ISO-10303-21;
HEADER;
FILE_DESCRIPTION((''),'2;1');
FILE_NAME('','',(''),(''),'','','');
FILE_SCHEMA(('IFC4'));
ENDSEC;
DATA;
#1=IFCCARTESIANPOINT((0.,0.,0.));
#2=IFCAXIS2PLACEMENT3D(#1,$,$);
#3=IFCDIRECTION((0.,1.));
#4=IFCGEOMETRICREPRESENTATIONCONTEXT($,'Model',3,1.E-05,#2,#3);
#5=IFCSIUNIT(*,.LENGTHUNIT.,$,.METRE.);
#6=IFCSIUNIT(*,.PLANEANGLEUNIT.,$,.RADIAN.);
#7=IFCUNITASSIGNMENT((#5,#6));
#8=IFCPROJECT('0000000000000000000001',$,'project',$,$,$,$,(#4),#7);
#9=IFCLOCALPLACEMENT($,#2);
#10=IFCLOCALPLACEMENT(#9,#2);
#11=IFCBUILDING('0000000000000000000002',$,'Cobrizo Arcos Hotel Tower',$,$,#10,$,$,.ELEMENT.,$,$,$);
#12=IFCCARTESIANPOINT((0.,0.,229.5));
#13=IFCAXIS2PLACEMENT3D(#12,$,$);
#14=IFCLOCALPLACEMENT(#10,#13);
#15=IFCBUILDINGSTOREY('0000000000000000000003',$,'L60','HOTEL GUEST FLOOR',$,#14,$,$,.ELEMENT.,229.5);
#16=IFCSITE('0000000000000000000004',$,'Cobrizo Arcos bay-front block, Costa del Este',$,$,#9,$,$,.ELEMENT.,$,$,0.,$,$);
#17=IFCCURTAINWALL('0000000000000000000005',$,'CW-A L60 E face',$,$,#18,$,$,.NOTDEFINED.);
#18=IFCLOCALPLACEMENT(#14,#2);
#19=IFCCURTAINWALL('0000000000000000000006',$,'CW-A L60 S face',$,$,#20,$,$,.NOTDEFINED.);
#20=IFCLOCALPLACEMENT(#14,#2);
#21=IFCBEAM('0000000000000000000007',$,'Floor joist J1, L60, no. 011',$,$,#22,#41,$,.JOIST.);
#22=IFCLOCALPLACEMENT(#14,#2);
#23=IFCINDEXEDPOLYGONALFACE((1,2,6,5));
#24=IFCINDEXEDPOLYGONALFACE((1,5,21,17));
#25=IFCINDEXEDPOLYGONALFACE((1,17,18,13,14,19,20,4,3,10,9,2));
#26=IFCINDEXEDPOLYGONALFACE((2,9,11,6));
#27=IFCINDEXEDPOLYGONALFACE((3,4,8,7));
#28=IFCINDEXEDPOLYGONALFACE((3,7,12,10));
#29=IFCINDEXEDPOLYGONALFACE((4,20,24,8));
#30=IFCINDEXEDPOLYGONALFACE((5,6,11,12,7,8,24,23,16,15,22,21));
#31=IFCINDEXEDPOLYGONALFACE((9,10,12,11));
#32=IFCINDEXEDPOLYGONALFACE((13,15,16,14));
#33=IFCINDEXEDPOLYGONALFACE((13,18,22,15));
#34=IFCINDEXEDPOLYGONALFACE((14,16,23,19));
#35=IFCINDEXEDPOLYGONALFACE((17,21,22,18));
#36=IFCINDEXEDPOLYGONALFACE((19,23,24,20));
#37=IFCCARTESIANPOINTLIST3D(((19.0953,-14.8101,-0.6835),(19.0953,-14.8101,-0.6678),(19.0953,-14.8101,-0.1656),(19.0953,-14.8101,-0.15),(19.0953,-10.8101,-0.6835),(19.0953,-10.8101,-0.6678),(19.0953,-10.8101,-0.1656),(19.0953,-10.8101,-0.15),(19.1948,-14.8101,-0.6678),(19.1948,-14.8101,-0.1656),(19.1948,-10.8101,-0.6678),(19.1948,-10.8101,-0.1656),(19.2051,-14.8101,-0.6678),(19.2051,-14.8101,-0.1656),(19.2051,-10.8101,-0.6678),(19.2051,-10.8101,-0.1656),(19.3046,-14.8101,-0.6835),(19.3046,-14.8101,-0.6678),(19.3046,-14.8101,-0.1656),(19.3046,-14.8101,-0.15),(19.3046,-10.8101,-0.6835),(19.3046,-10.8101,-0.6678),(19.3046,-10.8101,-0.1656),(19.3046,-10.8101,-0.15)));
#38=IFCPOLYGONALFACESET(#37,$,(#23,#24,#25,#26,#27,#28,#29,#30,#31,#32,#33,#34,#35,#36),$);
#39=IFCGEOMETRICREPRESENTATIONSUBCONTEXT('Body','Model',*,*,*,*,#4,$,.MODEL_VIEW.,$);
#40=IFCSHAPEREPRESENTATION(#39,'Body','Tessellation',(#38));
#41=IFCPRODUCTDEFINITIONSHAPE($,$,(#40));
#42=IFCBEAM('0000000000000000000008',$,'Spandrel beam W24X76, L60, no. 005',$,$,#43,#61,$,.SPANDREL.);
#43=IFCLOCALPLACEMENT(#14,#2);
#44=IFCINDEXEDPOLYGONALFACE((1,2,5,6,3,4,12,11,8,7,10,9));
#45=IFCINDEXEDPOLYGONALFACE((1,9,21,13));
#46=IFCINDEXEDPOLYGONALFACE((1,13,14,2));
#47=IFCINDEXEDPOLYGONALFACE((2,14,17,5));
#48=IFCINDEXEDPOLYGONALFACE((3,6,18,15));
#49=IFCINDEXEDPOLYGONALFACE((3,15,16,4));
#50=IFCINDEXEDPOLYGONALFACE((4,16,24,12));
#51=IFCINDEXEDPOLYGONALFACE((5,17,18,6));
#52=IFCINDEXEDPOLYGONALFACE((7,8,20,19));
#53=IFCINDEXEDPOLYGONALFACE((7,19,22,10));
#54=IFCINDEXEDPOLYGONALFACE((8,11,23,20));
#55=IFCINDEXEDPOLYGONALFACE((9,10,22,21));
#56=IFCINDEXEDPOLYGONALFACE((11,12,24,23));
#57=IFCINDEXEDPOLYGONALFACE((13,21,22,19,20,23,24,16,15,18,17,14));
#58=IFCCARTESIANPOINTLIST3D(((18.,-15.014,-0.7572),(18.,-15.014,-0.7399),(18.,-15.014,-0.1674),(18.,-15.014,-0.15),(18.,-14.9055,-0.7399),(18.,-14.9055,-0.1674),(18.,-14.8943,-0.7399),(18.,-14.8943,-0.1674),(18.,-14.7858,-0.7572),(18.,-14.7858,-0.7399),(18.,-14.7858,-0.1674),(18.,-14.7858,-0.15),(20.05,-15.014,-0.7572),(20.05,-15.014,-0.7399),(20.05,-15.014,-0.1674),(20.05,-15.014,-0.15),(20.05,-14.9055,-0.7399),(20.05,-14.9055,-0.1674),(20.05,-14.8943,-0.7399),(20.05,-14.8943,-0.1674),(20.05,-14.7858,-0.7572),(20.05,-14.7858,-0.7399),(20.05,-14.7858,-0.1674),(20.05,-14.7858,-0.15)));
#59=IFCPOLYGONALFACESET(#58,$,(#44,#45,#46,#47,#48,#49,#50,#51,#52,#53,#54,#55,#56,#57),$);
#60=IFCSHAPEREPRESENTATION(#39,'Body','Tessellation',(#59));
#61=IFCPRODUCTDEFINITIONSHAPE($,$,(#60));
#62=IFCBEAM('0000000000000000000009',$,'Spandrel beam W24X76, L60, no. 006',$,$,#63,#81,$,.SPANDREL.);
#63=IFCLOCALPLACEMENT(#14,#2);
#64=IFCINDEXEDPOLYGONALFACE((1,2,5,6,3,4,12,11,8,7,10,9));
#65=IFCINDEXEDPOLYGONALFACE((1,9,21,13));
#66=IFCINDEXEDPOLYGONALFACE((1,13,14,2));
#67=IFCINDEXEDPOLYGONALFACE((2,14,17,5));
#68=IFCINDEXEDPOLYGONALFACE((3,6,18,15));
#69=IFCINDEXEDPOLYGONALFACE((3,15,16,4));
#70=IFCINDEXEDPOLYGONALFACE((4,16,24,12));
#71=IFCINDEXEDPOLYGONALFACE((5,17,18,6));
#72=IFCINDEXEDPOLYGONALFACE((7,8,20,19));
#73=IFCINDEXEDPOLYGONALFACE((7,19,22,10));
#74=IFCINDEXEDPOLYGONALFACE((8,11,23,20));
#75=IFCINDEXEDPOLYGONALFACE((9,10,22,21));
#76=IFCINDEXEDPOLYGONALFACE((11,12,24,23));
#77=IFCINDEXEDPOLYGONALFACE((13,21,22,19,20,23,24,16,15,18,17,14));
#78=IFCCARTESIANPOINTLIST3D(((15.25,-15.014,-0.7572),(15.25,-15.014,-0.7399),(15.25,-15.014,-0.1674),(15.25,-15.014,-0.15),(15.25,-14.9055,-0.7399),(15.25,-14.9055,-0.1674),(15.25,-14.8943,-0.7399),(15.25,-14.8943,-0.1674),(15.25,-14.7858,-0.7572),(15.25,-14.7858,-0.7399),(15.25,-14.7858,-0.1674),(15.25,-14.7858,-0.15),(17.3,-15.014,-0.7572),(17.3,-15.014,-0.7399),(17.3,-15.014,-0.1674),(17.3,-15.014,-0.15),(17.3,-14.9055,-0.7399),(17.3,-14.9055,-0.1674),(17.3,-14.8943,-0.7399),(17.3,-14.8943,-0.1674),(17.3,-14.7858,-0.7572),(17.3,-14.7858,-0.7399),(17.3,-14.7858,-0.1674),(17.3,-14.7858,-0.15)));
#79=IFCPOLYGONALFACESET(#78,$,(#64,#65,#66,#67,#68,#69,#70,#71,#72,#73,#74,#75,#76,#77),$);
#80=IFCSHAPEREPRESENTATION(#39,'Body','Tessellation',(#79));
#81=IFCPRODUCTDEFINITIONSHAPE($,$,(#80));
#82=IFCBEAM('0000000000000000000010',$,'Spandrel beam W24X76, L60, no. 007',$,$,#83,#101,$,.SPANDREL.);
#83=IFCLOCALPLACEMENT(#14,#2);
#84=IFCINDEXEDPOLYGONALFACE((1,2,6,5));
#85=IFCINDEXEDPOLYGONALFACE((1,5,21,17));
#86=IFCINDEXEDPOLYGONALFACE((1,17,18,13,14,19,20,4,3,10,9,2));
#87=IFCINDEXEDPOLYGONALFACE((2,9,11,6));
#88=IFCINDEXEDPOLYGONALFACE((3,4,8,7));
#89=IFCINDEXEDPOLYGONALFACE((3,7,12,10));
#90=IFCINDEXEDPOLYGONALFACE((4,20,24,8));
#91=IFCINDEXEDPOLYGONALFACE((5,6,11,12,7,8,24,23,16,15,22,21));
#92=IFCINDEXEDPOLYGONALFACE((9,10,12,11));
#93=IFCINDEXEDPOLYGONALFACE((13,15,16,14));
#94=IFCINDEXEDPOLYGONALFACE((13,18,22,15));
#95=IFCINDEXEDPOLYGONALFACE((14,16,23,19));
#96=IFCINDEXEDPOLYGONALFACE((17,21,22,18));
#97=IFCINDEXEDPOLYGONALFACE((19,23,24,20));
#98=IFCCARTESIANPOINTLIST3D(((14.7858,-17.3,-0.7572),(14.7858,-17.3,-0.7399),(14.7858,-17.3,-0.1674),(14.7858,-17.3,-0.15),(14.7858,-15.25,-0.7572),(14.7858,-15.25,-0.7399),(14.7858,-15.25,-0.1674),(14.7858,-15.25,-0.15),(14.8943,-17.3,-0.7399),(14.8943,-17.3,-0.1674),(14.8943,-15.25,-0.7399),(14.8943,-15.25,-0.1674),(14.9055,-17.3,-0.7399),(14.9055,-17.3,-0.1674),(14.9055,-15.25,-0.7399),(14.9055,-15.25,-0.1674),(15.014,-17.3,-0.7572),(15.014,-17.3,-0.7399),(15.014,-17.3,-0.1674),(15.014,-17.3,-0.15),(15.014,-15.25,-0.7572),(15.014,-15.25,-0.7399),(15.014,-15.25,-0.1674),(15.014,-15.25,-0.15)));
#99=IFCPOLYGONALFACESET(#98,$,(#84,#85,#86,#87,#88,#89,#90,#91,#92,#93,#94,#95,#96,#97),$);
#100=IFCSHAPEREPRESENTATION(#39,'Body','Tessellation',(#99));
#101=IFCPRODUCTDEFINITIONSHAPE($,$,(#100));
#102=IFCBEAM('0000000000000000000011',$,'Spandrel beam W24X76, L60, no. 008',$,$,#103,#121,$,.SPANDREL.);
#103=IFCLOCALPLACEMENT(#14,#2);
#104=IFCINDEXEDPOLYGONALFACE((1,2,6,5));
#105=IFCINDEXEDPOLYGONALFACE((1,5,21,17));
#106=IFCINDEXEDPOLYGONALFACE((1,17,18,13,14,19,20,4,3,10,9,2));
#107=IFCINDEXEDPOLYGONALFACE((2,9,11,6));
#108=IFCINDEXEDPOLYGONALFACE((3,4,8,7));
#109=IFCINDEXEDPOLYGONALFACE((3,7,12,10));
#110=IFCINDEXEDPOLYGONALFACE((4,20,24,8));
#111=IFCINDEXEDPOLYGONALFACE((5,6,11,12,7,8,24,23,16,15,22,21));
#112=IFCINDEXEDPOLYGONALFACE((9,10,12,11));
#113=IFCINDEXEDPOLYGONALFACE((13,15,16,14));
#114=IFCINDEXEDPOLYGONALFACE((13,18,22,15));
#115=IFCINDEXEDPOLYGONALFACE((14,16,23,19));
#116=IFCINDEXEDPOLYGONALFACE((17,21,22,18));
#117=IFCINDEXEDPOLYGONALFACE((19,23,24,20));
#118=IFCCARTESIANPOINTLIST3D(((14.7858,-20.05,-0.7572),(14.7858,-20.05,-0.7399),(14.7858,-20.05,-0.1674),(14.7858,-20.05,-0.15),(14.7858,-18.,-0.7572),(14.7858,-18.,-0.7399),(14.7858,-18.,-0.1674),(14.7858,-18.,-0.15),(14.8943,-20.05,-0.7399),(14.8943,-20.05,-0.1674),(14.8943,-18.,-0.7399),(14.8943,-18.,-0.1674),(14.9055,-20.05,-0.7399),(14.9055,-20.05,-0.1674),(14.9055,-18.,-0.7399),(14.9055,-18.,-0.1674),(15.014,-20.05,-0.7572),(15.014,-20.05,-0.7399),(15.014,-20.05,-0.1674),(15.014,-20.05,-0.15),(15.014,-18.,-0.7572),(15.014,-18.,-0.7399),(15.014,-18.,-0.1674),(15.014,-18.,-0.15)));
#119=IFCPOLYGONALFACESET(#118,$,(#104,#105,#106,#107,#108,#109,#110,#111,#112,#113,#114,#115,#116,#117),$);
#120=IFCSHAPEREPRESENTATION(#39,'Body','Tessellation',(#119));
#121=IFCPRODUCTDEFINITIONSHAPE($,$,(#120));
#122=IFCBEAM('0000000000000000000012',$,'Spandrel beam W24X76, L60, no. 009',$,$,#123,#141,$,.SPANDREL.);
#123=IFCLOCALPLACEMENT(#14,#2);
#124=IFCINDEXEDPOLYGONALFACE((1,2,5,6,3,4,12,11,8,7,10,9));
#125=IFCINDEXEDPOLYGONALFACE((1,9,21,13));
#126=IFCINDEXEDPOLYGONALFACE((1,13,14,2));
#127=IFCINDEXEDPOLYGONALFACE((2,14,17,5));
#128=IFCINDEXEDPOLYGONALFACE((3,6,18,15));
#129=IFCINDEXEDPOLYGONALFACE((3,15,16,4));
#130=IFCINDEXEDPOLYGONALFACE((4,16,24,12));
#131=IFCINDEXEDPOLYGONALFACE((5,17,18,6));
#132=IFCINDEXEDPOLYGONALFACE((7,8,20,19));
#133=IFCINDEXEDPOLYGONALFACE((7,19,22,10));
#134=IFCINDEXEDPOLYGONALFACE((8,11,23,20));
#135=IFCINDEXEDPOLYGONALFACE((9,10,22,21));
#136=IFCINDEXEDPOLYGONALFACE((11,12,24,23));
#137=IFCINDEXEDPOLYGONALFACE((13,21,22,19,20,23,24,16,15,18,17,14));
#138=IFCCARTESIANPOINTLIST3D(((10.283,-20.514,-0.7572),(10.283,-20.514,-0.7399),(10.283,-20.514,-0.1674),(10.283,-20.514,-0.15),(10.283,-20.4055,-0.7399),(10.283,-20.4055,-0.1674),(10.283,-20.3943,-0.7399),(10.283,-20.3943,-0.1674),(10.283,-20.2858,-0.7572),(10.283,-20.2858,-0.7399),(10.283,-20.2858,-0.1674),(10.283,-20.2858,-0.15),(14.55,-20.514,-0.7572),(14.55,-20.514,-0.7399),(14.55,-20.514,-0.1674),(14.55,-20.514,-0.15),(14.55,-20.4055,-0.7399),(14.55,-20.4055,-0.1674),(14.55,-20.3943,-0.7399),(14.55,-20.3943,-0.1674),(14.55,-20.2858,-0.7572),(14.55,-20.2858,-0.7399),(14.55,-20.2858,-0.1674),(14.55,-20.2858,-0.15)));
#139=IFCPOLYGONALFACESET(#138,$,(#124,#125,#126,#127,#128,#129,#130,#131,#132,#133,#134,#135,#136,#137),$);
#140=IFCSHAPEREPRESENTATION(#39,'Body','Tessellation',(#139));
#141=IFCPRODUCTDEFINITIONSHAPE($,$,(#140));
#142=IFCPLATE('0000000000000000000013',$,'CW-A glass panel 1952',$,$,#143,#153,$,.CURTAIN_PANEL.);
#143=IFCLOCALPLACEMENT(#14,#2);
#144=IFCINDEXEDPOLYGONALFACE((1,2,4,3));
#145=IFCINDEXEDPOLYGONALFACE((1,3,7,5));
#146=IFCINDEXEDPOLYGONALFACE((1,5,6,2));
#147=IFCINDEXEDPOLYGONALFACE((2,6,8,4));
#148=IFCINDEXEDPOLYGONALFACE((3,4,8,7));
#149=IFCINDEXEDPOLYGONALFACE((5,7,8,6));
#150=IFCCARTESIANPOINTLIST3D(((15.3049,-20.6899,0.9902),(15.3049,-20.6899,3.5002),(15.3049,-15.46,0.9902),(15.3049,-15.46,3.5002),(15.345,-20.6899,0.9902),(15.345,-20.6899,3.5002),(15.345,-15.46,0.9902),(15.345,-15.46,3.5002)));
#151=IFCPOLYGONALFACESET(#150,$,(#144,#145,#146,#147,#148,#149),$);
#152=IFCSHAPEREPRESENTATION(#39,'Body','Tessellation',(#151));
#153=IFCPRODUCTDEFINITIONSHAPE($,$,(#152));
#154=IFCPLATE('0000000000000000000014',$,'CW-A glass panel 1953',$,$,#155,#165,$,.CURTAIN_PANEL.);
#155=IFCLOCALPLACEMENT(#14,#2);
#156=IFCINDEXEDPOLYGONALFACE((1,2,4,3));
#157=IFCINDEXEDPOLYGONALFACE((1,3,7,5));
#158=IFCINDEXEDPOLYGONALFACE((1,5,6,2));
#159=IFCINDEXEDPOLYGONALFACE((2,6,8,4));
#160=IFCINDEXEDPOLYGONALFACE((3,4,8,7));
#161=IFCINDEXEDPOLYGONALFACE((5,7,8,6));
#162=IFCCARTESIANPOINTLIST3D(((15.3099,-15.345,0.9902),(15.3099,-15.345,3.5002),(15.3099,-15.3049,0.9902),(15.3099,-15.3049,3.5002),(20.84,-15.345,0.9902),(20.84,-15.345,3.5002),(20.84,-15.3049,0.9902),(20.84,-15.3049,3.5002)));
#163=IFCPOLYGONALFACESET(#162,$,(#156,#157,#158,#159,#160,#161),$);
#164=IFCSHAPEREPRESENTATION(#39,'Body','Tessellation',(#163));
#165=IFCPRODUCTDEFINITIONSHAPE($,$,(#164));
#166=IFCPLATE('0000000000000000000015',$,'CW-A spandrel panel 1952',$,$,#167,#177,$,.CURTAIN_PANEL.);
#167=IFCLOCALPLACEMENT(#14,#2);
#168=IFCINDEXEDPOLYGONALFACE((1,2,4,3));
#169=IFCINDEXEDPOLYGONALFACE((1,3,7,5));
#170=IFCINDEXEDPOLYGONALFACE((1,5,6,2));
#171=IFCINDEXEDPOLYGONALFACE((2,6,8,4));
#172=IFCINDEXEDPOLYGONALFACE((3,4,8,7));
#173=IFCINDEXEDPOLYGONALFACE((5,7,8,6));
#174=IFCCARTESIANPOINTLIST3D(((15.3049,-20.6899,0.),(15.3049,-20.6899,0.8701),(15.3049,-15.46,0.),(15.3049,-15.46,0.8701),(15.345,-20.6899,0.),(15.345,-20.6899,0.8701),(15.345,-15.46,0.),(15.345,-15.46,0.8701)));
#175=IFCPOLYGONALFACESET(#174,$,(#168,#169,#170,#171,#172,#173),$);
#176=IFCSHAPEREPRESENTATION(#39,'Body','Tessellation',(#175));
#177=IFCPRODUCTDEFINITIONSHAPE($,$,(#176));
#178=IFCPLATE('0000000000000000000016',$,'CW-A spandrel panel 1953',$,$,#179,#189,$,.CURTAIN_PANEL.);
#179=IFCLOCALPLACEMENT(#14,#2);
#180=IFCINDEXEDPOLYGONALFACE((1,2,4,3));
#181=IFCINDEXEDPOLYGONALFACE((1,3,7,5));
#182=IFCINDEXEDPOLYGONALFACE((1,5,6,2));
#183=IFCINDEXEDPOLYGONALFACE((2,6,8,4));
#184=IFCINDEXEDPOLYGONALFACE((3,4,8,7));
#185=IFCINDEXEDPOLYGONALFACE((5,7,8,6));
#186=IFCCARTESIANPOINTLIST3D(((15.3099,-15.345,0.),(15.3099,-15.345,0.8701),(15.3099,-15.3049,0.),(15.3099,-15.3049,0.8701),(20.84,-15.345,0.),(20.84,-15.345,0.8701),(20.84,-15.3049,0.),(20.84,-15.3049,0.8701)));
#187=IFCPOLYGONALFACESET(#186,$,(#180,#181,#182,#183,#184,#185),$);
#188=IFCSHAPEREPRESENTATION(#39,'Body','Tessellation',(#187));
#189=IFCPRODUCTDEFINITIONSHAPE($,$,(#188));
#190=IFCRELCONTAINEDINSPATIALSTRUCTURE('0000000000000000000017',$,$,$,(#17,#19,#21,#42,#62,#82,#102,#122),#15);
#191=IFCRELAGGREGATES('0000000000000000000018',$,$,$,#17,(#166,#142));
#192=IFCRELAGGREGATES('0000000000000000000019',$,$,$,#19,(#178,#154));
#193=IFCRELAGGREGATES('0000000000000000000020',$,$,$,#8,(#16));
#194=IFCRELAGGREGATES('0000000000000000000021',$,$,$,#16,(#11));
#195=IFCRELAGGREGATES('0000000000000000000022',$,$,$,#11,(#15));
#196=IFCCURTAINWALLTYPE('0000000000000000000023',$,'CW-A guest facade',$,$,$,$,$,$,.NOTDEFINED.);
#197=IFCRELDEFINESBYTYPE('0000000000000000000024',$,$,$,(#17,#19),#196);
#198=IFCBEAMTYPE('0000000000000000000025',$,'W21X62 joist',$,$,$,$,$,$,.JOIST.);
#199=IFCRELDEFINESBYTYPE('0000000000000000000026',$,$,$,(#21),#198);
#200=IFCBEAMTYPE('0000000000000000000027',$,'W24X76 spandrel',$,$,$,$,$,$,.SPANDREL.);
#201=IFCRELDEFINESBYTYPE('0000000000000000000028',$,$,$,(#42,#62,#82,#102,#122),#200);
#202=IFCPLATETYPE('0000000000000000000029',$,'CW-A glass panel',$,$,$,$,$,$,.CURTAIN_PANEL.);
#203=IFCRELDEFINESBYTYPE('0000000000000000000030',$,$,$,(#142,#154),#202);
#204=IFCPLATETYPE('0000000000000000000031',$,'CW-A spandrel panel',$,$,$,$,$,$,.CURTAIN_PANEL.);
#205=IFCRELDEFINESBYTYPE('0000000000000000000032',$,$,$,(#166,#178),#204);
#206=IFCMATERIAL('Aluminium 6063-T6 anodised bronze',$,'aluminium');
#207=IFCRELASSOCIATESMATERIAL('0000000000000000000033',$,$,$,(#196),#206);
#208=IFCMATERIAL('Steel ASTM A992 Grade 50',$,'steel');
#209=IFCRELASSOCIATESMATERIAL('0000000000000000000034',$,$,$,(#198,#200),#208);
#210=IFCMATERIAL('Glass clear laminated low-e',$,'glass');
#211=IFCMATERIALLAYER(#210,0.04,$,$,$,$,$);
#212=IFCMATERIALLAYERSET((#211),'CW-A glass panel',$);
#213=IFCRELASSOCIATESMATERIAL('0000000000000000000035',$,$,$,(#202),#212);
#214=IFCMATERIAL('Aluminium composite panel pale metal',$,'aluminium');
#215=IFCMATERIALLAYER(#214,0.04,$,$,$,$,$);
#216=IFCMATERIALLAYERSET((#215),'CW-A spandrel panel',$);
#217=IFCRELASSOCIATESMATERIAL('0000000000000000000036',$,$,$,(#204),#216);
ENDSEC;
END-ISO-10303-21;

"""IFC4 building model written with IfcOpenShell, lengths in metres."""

from ifc_helpers import new_model, si_unit, direction, frame, origin, origin_2d, place, context, subcontext, project, spatial, rectangle, i_section, extrude, material, layer, layer_set, material_profile, profile_set, type_object, element, aggregate, save


model = new_model("IFC4")

# Units and contexts
model_context = context("Model", 3, precision=1e-05, world=origin(), true_north=direction((0.0, 1.0)))
body_context = subcontext(model_context, "Body", "Model", "MODEL_VIEW")
ifc_project = project(units=[si_unit("LENGTHUNIT", "METRE"), si_unit("PLANEANGLEUNIT", "RADIAN")], contexts=[model_context])

# Site, building, storey
site_placement = place(None, origin())
site = spatial("IfcSite", under=ifc_project, at=site_placement, Name="Cobrizo Arcos bay-front block, Costa del Este", CompositionType="ELEMENT", RefElevation=0.0)
building_placement = place(site_placement, origin())
building = spatial("IfcBuilding", under=site, at=building_placement, Name="Cobrizo Arcos Hotel Tower", CompositionType="ELEMENT")
storey_placement = place(building_placement, frame((0.0, 0.0, 229.5)))
storey = spatial("IfcBuildingStorey", under=building, at=storey_placement, Name="L60", Description="HOTEL GUEST FLOOR", CompositionType="ELEMENT", Elevation=229.5)

# Shared definitions
ifc_material_1 = material(Name="Aluminium 6063-T6 anodised bronze", Category="aluminium")
curtain_wall_type = type_object("IfcCurtainWallType", Name="CW-A guest facade", PredefinedType="NOTDEFINED", material=ifc_material_1)

# Curtain walls
curtain_wall_1_placement = place(storey_placement, origin())
curtain_wall_1 = element("IfcCurtainWall", 1, at=curtain_wall_1_placement, inside=storey, type_object=curtain_wall_type, Name="CW-A L60 E face", PredefinedType="NOTDEFINED")
curtain_wall_2_placement = place(storey_placement, origin())
curtain_wall_2 = element("IfcCurtainWall", 2, at=curtain_wall_2_placement, inside=storey, type_object=curtain_wall_type, Name="CW-A L60 S face", PredefinedType="NOTDEFINED")

# Beams
ifc_material_2 = material(Name="Steel ASTM A992 Grade 50", Category="steel")
ifc_material_profile_1 = material_profile(ifc_material_2, i_section(OverallWidth=0.2092, OverallDepth=0.5334, WebThickness=0.0103, FlangeThickness=0.0156, at=origin_2d()), Name="W21X62")
ifc_profile_set_1 = profile_set([ifc_material_profile_1], Name="Steel ASTM A992 Grade 50")
beam_type_1 = type_object("IfcBeamType", Name="W21X62 joist", PredefinedType="JOIST", material=ifc_profile_set_1)
beam_1_placement = place(storey_placement, frame((19.2, -14.8101, -0.4167), z_axis=(0.0, 1.0, 0.0), x_axis=(-1.0, 0.0, 0.0)))
element("IfcBeam", 3, at=beam_1_placement, inside=storey, type_object=beam_type_1, Name="Floor joist J1, L60, no. 011", PredefinedType="JOIST", context=body_context, shape_type="SweptSolid", body=[
    extrude(i_section(OverallWidth=0.2092, OverallDepth=0.5334, WebThickness=0.0103, FlangeThickness=0.0156, at=origin_2d()), origin(), (0.0, 0.0, 1.0), 4.0),
])
ifc_material_profile_2 = material_profile(ifc_material_2, i_section(OverallWidth=0.2283, OverallDepth=0.6072, WebThickness=0.0112, FlangeThickness=0.0173, at=origin_2d()), Name="W24X76")
ifc_profile_set_2 = profile_set([ifc_material_profile_2], Name="Steel ASTM A992 Grade 50")
beam_type_2 = type_object("IfcBeamType", Name="W24X76 spandrel", PredefinedType="SPANDREL", material=ifc_profile_set_2)
for number, where, z_axis, x_axis, name in (
    (4, (20.05, -14.8999, -0.4536), (-1.0, 0.0, 0.0), (0.0, -1.0, 0.0), "Spandrel beam W24X76, L60, no. 005"),
    (5, (17.3, -14.8999, -0.4536), (-1.0, 0.0, 0.0), (0.0, -1.0, 0.0), "Spandrel beam W24X76, L60, no. 006"),
    (6, (14.8999, -15.25, -0.4536), (0.0, -1.0, 0.0), (1.0, 0.0, 0.0), "Spandrel beam W24X76, L60, no. 007"),
    (7, (14.8999, -18.0, -0.4536), (0.0, -1.0, 0.0), (1.0, 0.0, 0.0), "Spandrel beam W24X76, L60, no. 008"),
):
    element("IfcBeam", number, at=place(storey_placement, frame(where, z_axis=z_axis, x_axis=x_axis)), inside=storey, type_object=beam_type_2, Name=name, PredefinedType="SPANDREL", context=body_context, shape_type="SweptSolid", body=[
        extrude(i_section(OverallWidth=0.2283, OverallDepth=0.6072, WebThickness=0.0112, FlangeThickness=0.0173, at=origin_2d()), origin(), (0.0, 0.0, 1.0), 2.05),
    ])
beam_2_placement = place(storey_placement, frame((14.55, -20.3999, -0.4536), z_axis=(-1.0, 0.0, 0.0), x_axis=(0.0, -1.0, 0.0)))
element("IfcBeam", 8, at=beam_2_placement, inside=storey, type_object=beam_type_2, Name="Spandrel beam W24X76, L60, no. 009", PredefinedType="SPANDREL", context=body_context, shape_type="SweptSolid", body=[
    extrude(i_section(OverallWidth=0.2283, OverallDepth=0.6072, WebThickness=0.0112, FlangeThickness=0.0173, at=origin_2d()), origin(), (0.0, 0.0, 1.0), 4.2671),
])

# Plates
ifc_material_3 = material(Name="Glass clear laminated low-e", Category="glass")
ifc_layer_1 = layer(ifc_material_3, 0.04)
ifc_layer_set_1 = layer_set([ifc_layer_1], Name="CW-A glass panel")
plate_type_1 = type_object("IfcPlateType", Name="CW-A glass panel", PredefinedType="CURTAIN_PANEL", material=ifc_layer_set_1)
plate_1_placement = place(storey_placement, frame((15.325, -18.075, 0.9902), z_axis=(0.0, 0.0, 1.0), x_axis=(0.0, 1.0, 0.0)))
plate_1 = element("IfcPlate", 9, at=plate_1_placement, type_object=plate_type_1, Name="CW-A glass panel 1952", PredefinedType="CURTAIN_PANEL", context=body_context, shape_type="SweptSolid", body=[
    extrude(rectangle(XDim=5.23, YDim=0.04, at=origin_2d()), origin(), (0.0, 0.0, 1.0), 2.51),
])
plate_2_placement = place(storey_placement, frame((18.075, -15.325, 0.9902), z_axis=(0.0, 0.0, 1.0), x_axis=(1.0, 0.0, 0.0)))
plate_2 = element("IfcPlate", 10, at=plate_2_placement, type_object=plate_type_1, Name="CW-A glass panel 1953", PredefinedType="CURTAIN_PANEL", context=body_context, shape_type="SweptSolid", body=[
    extrude(rectangle(XDim=5.53, YDim=0.04, at=origin_2d()), origin(), (0.0, 0.0, 1.0), 2.51),
])
ifc_material_4 = material(Name="Aluminium composite panel pale metal", Category="aluminium")
ifc_layer_2 = layer(ifc_material_4, 0.04)
ifc_layer_set_2 = layer_set([ifc_layer_2], Name="CW-A spandrel panel")
plate_type_2 = type_object("IfcPlateType", Name="CW-A spandrel panel", PredefinedType="CURTAIN_PANEL", material=ifc_layer_set_2)
plate_3_placement = place(storey_placement, frame((15.325, -18.075, 0.0), z_axis=(0.0, 0.0, 1.0), x_axis=(0.0, 1.0, 0.0)))
plate_3 = element("IfcPlate", 11, at=plate_3_placement, type_object=plate_type_2, Name="CW-A spandrel panel 1952", PredefinedType="CURTAIN_PANEL", context=body_context, shape_type="SweptSolid", body=[
    extrude(rectangle(XDim=5.23, YDim=0.04, at=origin_2d()), origin(), (0.0, 0.0, 1.0), 0.8701),
])
aggregate(curtain_wall_1, [plate_3, plate_1])
plate_4_placement = place(storey_placement, frame((18.075, -15.325, 0.0), z_axis=(0.0, 0.0, 1.0), x_axis=(1.0, 0.0, 0.0)))
plate_4 = element("IfcPlate", 12, at=plate_4_placement, type_object=plate_type_2, Name="CW-A spandrel panel 1953", PredefinedType="CURTAIN_PANEL", context=body_context, shape_type="SweptSolid", body=[
    extrude(rectangle(XDim=5.53, YDim=0.04, at=origin_2d()), origin(), (0.0, 0.0, 1.0), 0.8701),
])
aggregate(curtain_wall_2, [plate_4, plate_2])

save(model, "model.ifc")
